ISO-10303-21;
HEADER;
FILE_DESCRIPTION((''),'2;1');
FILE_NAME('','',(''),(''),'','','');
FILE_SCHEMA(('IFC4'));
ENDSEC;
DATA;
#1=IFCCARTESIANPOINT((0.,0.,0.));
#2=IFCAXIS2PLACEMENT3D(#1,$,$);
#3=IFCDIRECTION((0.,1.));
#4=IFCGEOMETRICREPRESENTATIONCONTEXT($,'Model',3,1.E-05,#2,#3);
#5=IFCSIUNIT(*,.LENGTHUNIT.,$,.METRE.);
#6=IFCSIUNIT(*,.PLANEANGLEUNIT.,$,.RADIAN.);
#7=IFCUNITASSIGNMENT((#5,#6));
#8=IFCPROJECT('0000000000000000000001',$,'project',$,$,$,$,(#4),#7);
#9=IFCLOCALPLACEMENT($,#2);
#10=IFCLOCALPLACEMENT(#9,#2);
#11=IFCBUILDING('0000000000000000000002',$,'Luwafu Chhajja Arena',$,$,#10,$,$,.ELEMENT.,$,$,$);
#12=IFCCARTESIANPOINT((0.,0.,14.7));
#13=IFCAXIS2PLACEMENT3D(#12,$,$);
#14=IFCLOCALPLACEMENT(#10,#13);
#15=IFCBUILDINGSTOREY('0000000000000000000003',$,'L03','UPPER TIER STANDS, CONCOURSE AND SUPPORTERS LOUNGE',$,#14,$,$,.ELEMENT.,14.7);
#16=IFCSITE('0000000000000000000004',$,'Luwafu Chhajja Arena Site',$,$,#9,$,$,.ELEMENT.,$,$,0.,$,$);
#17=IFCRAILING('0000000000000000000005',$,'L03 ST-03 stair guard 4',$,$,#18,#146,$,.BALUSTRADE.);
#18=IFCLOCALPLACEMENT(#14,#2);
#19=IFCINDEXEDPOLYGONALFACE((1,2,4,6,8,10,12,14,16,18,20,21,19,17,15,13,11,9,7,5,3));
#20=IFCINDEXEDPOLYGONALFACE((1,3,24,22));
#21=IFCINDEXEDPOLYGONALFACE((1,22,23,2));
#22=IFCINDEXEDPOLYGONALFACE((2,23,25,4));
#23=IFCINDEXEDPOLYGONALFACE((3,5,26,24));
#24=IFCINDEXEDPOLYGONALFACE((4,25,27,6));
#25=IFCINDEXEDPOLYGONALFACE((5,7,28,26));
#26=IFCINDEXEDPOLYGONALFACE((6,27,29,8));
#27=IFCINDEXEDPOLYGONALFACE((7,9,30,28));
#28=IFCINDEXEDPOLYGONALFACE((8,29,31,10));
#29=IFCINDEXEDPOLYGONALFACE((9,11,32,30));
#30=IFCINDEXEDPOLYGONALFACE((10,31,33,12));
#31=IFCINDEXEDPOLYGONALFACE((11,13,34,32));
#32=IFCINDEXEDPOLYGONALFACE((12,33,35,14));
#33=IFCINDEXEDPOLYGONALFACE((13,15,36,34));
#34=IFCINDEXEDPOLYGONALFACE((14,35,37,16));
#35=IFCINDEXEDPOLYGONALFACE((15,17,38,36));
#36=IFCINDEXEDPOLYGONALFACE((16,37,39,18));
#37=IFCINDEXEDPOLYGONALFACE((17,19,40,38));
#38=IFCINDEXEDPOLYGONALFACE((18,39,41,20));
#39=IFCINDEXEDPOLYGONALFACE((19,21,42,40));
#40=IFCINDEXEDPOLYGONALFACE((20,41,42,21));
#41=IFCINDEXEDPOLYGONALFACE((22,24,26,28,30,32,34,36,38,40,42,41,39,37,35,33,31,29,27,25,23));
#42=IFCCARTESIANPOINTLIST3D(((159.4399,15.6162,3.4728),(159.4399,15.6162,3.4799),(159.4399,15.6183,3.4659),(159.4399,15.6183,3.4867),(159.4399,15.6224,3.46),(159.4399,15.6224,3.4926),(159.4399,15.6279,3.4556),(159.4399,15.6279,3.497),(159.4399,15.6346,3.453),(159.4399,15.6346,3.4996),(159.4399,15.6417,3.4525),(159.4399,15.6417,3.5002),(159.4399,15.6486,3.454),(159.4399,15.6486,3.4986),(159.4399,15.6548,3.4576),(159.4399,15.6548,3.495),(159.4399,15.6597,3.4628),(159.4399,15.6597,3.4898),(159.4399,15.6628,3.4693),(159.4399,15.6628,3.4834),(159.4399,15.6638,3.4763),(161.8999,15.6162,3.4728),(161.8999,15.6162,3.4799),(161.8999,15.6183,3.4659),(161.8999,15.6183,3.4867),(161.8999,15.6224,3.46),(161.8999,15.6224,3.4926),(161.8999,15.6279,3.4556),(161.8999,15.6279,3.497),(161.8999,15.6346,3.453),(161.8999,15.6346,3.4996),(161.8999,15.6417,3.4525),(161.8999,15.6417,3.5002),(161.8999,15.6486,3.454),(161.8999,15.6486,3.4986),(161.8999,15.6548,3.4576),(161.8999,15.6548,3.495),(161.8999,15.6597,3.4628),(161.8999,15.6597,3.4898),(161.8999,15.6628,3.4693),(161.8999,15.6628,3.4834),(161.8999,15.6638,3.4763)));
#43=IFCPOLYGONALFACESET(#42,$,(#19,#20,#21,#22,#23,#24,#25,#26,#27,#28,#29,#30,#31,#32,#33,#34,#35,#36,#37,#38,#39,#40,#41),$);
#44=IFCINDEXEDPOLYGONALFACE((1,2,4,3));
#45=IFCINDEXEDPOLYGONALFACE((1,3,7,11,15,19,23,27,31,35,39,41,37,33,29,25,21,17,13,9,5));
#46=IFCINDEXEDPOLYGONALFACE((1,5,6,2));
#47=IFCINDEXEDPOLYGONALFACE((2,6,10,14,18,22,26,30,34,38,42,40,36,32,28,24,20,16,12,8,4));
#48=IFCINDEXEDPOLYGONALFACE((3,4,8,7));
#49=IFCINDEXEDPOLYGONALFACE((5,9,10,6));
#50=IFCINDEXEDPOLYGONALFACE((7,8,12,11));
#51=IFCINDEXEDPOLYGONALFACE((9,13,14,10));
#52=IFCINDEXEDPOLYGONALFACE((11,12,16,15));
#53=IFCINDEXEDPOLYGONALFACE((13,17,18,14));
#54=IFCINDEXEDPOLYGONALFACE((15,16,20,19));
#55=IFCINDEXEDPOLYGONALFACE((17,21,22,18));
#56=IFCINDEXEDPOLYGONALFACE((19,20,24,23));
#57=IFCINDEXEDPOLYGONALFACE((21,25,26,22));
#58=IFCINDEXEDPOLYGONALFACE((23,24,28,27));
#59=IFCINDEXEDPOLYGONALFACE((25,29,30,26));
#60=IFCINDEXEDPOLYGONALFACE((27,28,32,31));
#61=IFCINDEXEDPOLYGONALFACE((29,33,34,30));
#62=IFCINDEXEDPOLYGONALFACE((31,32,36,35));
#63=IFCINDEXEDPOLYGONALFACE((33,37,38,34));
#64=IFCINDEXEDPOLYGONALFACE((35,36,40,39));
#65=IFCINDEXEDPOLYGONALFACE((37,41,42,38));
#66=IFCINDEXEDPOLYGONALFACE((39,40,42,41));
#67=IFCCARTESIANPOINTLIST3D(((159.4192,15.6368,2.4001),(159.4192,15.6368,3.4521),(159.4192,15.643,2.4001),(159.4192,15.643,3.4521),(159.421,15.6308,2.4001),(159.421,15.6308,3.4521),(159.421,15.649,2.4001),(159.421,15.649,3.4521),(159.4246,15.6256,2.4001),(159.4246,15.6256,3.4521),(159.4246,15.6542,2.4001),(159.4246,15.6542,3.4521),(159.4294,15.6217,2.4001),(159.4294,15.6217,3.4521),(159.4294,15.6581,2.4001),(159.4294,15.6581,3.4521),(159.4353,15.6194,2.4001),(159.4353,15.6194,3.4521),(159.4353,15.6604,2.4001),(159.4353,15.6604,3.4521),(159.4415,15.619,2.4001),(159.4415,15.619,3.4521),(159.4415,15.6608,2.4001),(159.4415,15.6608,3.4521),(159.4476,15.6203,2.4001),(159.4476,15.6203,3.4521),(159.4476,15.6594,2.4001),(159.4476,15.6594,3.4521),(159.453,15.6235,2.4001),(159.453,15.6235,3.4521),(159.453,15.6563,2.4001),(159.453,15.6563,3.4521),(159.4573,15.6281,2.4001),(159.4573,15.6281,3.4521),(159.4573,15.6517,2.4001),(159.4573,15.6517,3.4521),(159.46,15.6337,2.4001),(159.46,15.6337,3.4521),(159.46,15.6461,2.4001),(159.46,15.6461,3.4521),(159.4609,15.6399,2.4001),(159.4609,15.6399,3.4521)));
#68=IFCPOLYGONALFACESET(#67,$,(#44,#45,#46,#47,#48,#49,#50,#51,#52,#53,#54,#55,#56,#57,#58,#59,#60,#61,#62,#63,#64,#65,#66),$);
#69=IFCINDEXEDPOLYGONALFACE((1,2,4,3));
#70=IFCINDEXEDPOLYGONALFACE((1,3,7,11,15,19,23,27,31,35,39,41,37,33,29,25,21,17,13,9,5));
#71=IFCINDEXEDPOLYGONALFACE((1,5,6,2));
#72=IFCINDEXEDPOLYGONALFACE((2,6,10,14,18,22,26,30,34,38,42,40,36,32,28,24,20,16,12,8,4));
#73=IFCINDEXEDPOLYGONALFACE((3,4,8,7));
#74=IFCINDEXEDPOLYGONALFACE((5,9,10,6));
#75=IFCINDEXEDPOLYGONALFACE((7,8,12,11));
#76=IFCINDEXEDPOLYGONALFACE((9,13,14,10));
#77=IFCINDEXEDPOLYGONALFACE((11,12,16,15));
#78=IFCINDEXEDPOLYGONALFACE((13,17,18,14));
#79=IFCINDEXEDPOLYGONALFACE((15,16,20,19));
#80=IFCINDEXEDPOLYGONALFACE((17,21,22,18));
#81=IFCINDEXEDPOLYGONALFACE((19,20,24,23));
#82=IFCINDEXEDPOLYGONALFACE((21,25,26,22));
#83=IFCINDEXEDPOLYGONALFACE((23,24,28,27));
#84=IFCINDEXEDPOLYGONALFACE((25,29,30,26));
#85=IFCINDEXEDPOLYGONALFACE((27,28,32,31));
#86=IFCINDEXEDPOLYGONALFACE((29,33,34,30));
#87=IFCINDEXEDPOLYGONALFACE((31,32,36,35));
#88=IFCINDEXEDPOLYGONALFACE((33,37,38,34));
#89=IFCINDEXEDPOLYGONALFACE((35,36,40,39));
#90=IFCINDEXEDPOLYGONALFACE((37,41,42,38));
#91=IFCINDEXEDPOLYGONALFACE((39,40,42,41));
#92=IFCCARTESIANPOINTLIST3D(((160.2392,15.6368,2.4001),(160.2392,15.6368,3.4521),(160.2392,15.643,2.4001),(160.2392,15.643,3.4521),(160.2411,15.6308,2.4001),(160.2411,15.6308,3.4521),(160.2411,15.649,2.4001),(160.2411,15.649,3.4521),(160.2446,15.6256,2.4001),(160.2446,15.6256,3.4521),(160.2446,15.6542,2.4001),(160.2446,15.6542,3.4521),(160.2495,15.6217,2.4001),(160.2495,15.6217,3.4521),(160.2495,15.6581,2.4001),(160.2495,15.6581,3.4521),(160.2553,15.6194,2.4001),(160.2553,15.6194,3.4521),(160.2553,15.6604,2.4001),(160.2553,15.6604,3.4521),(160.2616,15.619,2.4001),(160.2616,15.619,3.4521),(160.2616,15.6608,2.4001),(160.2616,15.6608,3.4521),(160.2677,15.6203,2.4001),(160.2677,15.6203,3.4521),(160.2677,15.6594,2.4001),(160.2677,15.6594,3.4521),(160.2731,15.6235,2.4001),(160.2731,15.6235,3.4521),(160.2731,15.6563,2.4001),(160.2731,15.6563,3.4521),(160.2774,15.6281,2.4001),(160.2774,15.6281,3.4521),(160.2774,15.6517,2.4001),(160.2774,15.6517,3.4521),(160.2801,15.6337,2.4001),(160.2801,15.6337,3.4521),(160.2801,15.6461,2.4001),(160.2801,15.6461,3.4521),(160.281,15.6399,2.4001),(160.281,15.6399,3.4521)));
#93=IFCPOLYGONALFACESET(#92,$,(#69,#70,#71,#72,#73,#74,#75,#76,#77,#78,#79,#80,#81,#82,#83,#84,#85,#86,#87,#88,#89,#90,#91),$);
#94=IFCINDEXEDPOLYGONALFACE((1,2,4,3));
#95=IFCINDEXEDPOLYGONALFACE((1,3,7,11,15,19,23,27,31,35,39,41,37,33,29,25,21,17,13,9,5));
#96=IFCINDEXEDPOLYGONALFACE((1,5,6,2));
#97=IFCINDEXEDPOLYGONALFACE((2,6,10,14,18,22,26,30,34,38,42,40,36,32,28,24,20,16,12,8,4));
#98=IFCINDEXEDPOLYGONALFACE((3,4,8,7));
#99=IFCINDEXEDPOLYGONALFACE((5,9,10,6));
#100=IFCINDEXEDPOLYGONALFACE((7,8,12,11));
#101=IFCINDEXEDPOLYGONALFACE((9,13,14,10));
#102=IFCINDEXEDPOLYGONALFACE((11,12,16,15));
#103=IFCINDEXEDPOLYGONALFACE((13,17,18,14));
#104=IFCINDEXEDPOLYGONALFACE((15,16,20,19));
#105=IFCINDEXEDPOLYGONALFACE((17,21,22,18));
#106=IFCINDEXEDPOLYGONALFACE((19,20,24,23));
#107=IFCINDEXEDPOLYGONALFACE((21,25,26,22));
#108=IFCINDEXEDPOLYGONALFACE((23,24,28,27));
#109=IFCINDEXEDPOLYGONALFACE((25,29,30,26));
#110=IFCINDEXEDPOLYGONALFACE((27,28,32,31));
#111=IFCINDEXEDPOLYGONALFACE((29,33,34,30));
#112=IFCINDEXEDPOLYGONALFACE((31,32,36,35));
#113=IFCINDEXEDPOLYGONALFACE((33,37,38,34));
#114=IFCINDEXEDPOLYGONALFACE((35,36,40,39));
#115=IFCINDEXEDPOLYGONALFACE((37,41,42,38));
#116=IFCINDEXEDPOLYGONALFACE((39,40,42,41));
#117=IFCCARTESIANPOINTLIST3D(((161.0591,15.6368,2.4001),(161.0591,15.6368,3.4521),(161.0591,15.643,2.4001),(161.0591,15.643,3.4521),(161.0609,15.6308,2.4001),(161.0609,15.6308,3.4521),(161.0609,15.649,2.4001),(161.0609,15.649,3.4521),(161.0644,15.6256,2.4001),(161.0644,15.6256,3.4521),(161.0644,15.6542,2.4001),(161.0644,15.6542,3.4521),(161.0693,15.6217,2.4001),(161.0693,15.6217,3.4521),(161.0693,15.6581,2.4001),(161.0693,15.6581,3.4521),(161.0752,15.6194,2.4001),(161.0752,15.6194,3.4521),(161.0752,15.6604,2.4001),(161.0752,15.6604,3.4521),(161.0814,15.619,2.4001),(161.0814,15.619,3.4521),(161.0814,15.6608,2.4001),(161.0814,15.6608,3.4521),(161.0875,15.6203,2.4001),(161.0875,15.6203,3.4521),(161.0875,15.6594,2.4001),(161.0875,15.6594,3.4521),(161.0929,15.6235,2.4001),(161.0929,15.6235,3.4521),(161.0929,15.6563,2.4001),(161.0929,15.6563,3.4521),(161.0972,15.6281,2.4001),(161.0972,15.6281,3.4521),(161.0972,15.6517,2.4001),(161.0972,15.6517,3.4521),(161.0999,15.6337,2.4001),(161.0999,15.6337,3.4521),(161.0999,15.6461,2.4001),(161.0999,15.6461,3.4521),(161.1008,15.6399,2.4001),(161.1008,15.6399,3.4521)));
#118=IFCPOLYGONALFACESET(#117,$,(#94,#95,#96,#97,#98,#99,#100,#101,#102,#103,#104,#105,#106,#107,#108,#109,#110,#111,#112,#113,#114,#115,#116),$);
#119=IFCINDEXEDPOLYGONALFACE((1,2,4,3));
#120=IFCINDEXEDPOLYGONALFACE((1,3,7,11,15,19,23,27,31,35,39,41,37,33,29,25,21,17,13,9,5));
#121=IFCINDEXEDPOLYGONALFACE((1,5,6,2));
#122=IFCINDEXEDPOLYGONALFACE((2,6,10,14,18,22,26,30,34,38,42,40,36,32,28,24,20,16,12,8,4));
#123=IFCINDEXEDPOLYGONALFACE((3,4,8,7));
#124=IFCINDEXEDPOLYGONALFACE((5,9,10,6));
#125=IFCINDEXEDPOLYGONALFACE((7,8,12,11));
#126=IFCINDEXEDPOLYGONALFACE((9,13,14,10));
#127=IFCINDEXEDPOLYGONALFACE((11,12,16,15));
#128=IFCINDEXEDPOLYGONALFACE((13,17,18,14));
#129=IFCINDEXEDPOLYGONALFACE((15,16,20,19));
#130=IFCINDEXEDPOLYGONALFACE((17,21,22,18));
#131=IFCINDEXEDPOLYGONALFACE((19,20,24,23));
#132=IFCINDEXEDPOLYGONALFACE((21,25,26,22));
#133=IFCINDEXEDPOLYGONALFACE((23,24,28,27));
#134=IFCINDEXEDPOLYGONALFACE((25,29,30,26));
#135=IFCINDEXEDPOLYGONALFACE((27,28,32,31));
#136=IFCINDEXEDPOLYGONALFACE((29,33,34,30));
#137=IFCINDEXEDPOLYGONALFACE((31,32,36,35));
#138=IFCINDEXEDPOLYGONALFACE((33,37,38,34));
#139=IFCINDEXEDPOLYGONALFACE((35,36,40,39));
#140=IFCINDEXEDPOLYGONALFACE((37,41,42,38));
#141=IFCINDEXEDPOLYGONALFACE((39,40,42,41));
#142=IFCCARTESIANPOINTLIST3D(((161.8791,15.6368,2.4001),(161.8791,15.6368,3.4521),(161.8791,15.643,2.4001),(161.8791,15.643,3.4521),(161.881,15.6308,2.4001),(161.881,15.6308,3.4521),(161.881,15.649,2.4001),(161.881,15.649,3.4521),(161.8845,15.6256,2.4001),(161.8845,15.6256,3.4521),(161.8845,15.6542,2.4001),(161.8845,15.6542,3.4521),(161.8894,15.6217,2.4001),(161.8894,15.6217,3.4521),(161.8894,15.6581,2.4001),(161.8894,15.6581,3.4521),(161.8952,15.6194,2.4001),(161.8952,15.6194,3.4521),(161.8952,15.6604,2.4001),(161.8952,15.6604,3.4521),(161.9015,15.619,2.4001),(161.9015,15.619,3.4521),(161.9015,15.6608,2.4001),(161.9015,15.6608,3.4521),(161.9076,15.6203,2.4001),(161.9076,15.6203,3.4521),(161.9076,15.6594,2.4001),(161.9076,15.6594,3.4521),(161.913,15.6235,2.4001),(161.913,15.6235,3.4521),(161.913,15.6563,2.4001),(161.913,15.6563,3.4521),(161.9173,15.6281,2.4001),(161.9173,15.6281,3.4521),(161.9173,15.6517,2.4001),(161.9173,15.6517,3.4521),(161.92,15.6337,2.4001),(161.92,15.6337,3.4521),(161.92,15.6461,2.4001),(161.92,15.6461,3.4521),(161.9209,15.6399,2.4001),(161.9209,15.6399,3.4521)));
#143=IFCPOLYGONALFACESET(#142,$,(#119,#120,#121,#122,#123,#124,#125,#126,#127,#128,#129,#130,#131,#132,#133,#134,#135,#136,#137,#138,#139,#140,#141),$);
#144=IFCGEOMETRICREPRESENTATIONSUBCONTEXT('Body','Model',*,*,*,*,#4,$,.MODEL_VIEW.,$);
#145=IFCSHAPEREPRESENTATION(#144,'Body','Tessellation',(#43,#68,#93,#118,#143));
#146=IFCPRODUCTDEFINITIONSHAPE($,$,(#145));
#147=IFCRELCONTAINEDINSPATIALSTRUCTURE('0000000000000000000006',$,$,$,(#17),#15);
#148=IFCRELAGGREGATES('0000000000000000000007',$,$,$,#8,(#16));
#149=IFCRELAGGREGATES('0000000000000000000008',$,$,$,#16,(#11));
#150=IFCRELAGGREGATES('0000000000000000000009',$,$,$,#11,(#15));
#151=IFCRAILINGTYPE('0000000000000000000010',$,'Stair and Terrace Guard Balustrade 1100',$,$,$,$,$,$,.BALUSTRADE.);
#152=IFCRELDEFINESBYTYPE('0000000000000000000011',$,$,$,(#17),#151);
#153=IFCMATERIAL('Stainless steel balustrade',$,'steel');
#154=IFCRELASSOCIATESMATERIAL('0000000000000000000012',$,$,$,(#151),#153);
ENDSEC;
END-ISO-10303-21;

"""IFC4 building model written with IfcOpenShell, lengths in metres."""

from ifc_helpers import new_model, si_unit, direction, frame, origin, origin_2d, place, context, subcontext, project, spatial, circle, extrude, material, type_object, element, save


model = new_model("IFC4")

# Units and contexts
model_context = context("Model", 3, precision=1e-05, world=origin(), true_north=direction((0.0, 1.0)))
body_context = subcontext(model_context, "Body", "Model", "MODEL_VIEW")
ifc_project = project(units=[si_unit("LENGTHUNIT", "METRE"), si_unit("PLANEANGLEUNIT", "RADIAN")], contexts=[model_context])

# Site, building, storey
site_placement = place(None, origin())
site = spatial("IfcSite", under=ifc_project, at=site_placement, Name="Luwafu Chhajja Arena Site", CompositionType="ELEMENT", RefElevation=0.0)
building_placement = place(site_placement, origin())
building = spatial("IfcBuilding", under=site, at=building_placement, Name="Luwafu Chhajja Arena", CompositionType="ELEMENT")
storey_placement = place(building_placement, frame((0.0, 0.0, 14.7)))
storey = spatial("IfcBuildingStorey", under=building, at=storey_placement, Name="L03", Description="UPPER TIER STANDS, CONCOURSE AND SUPPORTERS LOUNGE", CompositionType="ELEMENT", Elevation=14.7)

# Railing
ifc_material_1 = material(Name="Stainless steel balustrade", Category="steel")
railing_type_1 = type_object("IfcRailingType", Name="Stair and Terrace Guard Balustrade 1100", PredefinedType="BALUSTRADE", material=ifc_material_1)
for number, where, name in (
    (1, (159.4399, 15.6399, 2.4001), "L03 ST-03 stair guard 4"),
):
    element("IfcRailing", number, at=place(storey_placement, frame(where)), inside=storey, type_object=railing_type_1, Name=name, PredefinedType="BALUSTRADE", context=body_context, shape_type="SweptSolid", body=[
        extrude(circle(Radius=0.0239, at=origin_2d()), frame((0.0, 0.0, 1.0762), z_axis=(1.0, 0.0, 0.0), x_axis=(0.0, 1.0, 0.0)), (0.0, 0.0, 1.0), 2.46),
        extrude(circle(Radius=0.021, at=origin_2d()), origin(), (0.0, 0.0, 1.0), 1.052),
        extrude(circle(Radius=0.021, at=origin_2d()), frame((0.8201, 0.0, 0.0)), (0.0, 0.0, 1.0), 1.052),
        extrude(circle(Radius=0.021, at=origin_2d()), frame((1.6399, 0.0, 0.0)), (0.0, 0.0, 1.0), 1.052),
        extrude(circle(Radius=0.021, at=origin_2d()), frame((2.46, 0.0, 0.0)), (0.0, 0.0, 1.0), 1.052),
    ])

save(model, "model.ifc")
